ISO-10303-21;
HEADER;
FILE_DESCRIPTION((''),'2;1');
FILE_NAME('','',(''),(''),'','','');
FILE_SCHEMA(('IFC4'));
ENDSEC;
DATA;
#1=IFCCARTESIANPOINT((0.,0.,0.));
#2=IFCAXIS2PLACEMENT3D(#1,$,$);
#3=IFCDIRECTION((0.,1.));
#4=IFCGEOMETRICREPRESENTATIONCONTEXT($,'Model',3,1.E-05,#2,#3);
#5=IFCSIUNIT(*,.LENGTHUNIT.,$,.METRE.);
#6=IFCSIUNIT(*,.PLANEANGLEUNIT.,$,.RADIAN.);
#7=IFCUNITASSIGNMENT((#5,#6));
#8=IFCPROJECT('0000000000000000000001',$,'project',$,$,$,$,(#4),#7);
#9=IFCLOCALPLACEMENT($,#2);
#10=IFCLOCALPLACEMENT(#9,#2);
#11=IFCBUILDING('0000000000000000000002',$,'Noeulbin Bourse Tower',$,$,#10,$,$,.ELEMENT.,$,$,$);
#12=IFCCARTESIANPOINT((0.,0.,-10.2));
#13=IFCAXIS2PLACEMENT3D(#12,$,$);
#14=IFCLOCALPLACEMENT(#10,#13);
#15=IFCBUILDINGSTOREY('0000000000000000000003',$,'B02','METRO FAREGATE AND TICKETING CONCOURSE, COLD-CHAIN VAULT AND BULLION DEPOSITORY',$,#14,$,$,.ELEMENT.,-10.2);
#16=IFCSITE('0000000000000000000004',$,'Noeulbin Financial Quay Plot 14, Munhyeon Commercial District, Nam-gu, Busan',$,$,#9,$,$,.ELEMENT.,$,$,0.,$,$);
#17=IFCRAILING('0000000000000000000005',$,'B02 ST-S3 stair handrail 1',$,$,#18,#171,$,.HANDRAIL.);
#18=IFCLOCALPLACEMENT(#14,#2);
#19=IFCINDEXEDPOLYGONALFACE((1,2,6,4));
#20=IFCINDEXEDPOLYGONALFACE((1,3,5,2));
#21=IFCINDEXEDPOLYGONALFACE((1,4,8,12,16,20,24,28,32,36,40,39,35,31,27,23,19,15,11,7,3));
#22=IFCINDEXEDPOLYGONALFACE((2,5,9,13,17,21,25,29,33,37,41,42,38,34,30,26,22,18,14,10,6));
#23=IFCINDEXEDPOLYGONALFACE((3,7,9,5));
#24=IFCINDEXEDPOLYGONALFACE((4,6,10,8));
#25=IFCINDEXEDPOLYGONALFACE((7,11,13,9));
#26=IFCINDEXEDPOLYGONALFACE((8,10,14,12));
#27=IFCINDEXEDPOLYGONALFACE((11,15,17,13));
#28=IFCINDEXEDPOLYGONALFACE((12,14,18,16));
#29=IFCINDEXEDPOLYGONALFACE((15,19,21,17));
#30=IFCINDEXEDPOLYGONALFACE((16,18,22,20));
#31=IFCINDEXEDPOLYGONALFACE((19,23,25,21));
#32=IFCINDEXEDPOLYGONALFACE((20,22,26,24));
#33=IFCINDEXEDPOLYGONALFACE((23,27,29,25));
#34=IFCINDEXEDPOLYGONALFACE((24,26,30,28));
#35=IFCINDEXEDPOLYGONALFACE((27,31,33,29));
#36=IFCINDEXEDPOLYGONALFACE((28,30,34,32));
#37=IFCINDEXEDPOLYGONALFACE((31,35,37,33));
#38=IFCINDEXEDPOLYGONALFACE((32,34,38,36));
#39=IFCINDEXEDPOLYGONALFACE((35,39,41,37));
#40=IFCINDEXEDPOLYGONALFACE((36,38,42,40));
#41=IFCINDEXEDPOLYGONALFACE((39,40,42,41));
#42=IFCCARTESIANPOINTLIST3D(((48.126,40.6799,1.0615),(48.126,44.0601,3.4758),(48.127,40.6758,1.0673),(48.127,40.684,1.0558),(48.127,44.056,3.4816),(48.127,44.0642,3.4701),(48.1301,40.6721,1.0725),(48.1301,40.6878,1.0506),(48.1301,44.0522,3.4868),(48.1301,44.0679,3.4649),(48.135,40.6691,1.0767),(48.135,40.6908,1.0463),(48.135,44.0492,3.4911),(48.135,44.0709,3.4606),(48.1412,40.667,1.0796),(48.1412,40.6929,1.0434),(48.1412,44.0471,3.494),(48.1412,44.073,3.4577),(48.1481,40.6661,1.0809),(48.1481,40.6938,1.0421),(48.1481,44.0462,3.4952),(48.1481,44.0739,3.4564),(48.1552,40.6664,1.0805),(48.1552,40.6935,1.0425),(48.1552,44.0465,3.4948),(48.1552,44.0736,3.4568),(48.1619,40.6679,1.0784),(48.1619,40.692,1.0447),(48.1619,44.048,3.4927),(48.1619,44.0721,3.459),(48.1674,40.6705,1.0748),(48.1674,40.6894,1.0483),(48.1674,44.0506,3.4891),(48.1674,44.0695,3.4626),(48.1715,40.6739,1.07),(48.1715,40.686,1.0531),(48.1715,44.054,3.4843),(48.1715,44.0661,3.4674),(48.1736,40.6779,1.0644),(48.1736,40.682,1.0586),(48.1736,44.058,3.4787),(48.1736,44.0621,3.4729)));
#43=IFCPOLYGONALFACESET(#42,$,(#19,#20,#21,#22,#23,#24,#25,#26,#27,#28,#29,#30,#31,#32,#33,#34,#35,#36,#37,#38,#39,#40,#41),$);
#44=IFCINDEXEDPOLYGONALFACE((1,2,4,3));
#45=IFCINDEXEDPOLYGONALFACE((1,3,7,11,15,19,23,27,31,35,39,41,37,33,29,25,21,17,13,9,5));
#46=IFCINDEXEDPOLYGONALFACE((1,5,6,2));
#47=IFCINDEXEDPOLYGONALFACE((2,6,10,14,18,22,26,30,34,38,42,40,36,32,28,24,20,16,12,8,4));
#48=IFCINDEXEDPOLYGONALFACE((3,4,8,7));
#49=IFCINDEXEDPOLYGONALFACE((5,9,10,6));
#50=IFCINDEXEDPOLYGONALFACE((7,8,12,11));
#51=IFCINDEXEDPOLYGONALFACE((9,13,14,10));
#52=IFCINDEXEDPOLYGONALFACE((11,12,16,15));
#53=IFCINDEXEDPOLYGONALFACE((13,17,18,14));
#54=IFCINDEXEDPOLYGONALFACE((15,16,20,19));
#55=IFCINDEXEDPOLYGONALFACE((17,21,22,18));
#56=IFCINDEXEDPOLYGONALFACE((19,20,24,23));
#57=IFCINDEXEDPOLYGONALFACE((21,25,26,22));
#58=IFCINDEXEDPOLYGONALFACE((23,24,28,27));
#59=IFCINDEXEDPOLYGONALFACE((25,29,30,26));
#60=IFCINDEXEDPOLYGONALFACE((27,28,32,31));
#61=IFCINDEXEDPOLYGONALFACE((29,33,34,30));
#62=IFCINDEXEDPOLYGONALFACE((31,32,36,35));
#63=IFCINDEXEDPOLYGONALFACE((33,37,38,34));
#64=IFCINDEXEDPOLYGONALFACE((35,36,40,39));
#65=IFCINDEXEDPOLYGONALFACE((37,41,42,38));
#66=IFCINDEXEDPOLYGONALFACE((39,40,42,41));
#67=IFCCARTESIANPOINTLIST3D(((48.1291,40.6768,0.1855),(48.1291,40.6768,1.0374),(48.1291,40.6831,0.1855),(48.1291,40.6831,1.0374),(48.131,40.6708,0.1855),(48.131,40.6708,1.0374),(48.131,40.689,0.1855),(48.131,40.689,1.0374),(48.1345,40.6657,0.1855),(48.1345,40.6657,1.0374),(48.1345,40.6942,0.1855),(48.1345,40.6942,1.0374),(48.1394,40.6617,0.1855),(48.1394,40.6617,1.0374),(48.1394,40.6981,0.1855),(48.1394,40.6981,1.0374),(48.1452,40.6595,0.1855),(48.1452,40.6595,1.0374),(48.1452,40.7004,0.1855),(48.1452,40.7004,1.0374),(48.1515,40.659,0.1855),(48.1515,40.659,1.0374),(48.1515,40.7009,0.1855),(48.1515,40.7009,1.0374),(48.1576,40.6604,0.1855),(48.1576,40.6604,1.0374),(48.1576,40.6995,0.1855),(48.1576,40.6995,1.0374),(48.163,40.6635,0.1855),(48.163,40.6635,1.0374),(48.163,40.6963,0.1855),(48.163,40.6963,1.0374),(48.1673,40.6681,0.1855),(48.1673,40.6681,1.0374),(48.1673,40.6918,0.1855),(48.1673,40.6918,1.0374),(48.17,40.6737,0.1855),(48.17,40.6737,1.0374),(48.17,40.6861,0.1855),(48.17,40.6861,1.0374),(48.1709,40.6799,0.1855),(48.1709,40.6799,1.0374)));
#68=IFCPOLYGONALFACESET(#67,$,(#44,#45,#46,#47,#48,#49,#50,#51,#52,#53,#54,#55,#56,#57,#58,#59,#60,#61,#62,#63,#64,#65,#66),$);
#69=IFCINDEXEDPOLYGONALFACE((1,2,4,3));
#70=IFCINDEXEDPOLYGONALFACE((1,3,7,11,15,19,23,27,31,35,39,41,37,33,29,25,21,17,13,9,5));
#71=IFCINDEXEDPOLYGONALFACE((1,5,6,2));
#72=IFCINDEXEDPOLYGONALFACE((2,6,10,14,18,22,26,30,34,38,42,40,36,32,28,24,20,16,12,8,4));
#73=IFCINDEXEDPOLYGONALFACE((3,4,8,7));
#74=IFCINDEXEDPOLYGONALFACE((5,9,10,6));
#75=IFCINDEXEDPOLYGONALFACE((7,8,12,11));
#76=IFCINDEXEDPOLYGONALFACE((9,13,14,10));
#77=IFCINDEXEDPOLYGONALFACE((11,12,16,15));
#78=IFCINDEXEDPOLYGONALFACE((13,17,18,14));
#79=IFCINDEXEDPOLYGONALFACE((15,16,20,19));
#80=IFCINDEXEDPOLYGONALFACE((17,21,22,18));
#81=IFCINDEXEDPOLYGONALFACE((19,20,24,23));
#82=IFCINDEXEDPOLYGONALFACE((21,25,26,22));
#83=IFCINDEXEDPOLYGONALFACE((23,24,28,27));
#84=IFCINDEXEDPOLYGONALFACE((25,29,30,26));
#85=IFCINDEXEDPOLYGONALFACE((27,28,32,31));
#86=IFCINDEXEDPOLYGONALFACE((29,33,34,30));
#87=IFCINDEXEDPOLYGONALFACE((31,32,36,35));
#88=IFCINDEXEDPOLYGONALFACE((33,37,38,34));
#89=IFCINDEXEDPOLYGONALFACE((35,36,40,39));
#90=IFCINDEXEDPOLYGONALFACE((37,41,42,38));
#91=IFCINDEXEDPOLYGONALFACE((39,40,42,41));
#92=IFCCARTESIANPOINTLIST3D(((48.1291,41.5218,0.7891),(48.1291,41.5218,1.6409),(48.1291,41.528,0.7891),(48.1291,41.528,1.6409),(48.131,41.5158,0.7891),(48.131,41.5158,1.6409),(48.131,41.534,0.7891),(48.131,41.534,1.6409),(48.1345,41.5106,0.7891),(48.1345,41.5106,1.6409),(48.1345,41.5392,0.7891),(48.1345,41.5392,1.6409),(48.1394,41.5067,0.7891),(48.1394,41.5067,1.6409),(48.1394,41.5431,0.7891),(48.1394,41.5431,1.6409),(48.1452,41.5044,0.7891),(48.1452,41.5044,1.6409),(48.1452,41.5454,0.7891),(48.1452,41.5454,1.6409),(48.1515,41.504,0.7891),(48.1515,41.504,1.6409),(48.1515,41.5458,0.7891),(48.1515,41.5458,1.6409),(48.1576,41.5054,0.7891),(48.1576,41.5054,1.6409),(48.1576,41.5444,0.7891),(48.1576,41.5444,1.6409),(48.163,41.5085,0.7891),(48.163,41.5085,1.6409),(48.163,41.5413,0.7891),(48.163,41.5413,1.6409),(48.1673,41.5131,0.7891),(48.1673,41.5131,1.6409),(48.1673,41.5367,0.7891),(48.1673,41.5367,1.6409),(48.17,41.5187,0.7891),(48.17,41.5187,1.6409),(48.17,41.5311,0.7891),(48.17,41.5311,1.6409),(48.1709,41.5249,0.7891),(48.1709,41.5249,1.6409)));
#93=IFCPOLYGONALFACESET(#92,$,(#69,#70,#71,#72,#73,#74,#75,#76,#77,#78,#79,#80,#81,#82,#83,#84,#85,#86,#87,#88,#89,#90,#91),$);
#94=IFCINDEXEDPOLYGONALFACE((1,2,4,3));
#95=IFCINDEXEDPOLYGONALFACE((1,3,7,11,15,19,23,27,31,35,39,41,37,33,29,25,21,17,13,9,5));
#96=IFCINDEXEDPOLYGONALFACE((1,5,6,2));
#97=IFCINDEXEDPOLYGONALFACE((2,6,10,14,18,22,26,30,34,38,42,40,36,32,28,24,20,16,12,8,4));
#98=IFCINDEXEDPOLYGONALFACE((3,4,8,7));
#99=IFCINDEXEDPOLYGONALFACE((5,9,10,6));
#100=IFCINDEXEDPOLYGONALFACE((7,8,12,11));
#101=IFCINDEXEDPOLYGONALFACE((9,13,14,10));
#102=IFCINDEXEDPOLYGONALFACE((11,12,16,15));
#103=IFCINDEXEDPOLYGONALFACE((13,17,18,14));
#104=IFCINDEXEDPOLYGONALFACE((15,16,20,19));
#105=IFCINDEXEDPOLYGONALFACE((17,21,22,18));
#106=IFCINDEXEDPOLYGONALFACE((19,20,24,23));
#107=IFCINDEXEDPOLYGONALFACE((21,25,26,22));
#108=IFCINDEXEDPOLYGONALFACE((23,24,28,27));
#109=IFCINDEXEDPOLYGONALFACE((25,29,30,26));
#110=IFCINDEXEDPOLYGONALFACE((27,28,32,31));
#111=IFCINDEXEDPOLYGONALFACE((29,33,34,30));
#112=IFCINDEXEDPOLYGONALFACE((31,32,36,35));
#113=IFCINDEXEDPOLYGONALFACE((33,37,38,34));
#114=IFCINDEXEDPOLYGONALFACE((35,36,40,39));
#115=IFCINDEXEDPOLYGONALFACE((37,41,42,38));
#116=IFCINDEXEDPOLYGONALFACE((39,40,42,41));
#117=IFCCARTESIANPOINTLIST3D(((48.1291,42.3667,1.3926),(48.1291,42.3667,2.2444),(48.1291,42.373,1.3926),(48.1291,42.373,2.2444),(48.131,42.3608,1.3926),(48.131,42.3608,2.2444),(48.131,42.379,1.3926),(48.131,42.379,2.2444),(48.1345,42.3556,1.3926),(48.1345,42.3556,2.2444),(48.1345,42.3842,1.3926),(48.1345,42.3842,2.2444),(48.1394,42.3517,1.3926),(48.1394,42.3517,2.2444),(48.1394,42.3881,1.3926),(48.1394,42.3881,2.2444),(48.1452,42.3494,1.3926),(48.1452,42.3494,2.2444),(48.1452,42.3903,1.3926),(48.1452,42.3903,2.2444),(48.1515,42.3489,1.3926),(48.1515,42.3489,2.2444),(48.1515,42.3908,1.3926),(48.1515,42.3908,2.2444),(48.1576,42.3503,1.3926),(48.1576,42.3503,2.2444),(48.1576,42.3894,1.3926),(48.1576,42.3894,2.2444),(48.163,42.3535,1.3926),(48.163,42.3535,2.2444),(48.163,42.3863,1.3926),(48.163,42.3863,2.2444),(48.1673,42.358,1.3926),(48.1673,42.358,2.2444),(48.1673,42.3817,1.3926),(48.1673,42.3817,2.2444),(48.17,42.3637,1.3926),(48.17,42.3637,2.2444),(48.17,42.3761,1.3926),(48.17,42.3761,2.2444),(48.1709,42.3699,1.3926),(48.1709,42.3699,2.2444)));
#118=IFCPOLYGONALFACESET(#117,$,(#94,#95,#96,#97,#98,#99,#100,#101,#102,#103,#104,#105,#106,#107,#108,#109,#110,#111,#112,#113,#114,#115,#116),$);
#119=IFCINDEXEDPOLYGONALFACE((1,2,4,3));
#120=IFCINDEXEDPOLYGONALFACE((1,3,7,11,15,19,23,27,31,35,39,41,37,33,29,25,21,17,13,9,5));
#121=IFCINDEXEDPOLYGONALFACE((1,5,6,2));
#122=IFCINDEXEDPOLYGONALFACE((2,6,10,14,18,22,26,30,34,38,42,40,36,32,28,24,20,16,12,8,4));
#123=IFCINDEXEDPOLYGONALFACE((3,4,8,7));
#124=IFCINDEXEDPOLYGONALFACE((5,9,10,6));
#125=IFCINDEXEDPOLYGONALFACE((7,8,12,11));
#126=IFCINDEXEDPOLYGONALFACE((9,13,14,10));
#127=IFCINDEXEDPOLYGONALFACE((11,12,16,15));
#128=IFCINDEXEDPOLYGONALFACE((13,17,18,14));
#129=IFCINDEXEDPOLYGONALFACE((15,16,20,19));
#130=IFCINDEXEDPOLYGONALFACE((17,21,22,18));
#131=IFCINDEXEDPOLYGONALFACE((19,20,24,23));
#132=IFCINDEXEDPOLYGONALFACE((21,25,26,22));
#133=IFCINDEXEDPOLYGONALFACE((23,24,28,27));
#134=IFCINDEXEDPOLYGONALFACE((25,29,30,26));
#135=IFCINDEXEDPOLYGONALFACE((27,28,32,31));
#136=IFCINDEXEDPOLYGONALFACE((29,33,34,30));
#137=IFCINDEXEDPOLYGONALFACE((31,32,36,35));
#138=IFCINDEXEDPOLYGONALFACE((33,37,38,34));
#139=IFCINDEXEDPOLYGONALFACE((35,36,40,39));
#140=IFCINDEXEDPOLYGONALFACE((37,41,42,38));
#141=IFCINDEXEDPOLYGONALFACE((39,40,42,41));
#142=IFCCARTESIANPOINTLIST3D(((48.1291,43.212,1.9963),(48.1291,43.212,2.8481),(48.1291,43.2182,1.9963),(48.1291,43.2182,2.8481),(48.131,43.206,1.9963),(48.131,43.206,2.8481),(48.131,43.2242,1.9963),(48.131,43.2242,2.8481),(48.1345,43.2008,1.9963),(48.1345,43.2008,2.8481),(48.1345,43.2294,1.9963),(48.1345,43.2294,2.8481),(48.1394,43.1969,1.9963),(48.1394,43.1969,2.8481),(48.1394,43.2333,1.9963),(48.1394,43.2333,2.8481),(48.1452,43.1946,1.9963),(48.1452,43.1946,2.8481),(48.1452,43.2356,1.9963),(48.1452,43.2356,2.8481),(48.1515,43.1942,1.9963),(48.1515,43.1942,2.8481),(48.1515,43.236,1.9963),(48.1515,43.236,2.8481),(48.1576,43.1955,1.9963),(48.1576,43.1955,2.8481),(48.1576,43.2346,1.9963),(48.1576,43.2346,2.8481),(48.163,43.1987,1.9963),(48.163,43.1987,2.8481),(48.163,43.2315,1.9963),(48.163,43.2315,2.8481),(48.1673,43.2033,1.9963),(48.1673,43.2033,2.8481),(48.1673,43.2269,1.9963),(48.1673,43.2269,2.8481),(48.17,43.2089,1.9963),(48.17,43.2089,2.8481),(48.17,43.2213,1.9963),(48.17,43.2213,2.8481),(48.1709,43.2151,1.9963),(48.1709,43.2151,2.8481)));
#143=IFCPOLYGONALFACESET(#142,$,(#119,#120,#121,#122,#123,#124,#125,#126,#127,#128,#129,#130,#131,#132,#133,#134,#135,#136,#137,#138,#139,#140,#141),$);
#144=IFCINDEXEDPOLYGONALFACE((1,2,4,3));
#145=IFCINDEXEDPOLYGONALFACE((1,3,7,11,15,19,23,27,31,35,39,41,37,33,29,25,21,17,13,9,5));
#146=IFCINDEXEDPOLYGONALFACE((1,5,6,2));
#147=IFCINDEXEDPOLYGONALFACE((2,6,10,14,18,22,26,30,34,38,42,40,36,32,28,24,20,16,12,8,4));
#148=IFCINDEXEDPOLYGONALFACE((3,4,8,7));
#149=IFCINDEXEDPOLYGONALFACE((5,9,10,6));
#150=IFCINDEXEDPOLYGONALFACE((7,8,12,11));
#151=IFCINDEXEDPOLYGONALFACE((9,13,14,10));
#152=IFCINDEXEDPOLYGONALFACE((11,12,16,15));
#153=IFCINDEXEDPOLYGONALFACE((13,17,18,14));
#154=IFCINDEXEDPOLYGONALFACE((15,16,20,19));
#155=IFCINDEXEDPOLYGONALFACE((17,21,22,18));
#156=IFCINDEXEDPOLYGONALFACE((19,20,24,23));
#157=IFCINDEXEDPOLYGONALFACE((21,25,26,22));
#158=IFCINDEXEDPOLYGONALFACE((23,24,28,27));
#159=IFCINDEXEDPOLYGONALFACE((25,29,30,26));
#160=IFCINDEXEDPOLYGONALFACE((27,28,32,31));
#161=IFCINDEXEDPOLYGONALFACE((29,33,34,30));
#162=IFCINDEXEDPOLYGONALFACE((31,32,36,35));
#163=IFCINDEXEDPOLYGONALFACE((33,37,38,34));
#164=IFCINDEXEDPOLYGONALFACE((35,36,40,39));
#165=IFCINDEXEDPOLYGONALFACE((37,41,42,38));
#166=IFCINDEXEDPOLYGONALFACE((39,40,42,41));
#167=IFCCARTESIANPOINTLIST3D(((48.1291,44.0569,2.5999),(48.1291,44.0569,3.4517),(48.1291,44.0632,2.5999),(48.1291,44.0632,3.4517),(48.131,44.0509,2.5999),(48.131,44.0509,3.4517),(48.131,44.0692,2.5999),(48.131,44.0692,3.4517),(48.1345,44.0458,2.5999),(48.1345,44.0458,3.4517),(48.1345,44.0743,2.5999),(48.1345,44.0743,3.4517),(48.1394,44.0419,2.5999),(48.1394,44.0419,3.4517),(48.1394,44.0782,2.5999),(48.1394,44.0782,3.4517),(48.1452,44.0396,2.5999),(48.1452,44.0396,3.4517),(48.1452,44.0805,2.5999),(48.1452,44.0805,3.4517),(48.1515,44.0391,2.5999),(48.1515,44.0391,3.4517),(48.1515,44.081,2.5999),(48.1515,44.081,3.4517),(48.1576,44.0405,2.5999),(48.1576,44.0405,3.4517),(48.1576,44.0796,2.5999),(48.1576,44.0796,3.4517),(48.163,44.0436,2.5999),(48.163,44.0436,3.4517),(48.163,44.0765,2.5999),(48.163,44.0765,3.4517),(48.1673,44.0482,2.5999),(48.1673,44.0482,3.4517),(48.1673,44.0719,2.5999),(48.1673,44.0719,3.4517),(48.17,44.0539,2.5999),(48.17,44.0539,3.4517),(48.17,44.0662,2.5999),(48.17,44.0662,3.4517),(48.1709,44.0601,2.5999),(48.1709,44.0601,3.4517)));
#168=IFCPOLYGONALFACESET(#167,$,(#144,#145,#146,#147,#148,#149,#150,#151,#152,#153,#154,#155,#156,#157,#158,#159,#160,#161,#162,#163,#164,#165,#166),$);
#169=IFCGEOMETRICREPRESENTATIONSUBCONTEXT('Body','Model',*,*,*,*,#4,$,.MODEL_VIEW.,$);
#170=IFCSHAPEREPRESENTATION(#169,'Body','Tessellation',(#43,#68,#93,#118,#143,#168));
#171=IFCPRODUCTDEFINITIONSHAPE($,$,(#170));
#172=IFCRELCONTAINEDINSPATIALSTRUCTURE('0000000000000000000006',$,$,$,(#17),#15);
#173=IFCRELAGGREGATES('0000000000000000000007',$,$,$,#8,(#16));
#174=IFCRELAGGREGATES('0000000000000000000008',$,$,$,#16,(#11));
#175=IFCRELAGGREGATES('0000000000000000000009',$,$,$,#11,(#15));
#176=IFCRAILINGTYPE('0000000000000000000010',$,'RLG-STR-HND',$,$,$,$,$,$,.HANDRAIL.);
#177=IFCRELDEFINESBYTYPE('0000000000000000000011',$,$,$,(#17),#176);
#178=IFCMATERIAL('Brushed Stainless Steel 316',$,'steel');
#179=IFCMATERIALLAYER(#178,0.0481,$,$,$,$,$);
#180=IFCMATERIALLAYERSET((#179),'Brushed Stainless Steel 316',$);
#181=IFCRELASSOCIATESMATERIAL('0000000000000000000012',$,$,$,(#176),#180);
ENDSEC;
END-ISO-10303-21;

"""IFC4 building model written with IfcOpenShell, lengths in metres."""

from ifc_helpers import new_model, si_unit, direction, frame, origin, origin_2d, place, context, subcontext, project, spatial, circle, extrude, material, layer, layer_set, type_object, element, save


model = new_model("IFC4")

# Units and contexts
model_context = context("Model", 3, precision=1e-05, world=origin(), true_north=direction((0.0, 1.0)))
body_context = subcontext(model_context, "Body", "Model", "MODEL_VIEW")
ifc_project = project(units=[si_unit("LENGTHUNIT", "METRE"), si_unit("PLANEANGLEUNIT", "RADIAN")], contexts=[model_context])

# Site, building, storey
site_placement = place(None, origin())
site = spatial("IfcSite", under=ifc_project, at=site_placement, Name="Noeulbin Financial Quay Plot 14, Munhyeon Commercial District, Nam-gu, Busan", CompositionType="ELEMENT", RefElevation=0.0)
building_placement = place(site_placement, origin())
building = spatial("IfcBuilding", under=site, at=building_placement, Name="Noeulbin Bourse Tower", CompositionType="ELEMENT")
storey_placement = place(building_placement, frame((0.0, 0.0, -10.2)))
storey = spatial("IfcBuildingStorey", under=building, at=storey_placement, Name="B02", Description="METRO FAREGATE AND TICKETING CONCOURSE, COLD-CHAIN VAULT AND BULLION DEPOSITORY", CompositionType="ELEMENT", Elevation=-10.2)

# Railing
ifc_material_1 = material(Name="Brushed Stainless Steel 316", Category="steel")
ifc_layer_1 = layer(ifc_material_1, 0.0481)
ifc_layer_set_1 = layer_set([ifc_layer_1], Name="Brushed Stainless Steel 316")
railing_type_1 = type_object("IfcRailingType", Name="RLG-STR-HND", PredefinedType="HANDRAIL", material=ifc_layer_set_1)
railing_1_placement = place(storey_placement, frame((48.1499, 40.6799, 0.1855)))
element("IfcRailing", 1, at=railing_1_placement, inside=storey, type_object=railing_type_1, Name="B02 ST-S3 stair handrail 1", PredefinedType="HANDRAIL", context=body_context, shape_type="SweptSolid", body=[
    extrude(circle(Radius=0.0239, at=origin_2d()), frame((0.0, 0.0, 0.876), z_axis=(0.0, 0.813741, 0.581227), x_axis=(-1.0, 0.0, 0.0)), (0.0, 0.0, 1.0), 4.1538),
    extrude(circle(Radius=0.021, at=origin_2d()), origin(), (0.0, 0.0, 1.0), 0.8518),
    extrude(circle(Radius=0.021, at=origin_2d()), frame((0.0, 0.845, 0.6035)), (0.0, 0.0, 1.0), 0.8518),
    extrude(circle(Radius=0.021, at=origin_2d()), frame((0.0, 1.6899, 1.207)), (0.0, 0.0, 1.0), 0.8518),
    extrude(circle(Radius=0.021, at=origin_2d()), frame((0.0, 2.5352, 1.8108)), (0.0, 0.0, 1.0), 0.8518),
    extrude(circle(Radius=0.021, at=origin_2d()), frame((0.0, 3.3801, 2.4143)), (0.0, 0.0, 1.0), 0.8518),
])

save(model, "model.ifc")
